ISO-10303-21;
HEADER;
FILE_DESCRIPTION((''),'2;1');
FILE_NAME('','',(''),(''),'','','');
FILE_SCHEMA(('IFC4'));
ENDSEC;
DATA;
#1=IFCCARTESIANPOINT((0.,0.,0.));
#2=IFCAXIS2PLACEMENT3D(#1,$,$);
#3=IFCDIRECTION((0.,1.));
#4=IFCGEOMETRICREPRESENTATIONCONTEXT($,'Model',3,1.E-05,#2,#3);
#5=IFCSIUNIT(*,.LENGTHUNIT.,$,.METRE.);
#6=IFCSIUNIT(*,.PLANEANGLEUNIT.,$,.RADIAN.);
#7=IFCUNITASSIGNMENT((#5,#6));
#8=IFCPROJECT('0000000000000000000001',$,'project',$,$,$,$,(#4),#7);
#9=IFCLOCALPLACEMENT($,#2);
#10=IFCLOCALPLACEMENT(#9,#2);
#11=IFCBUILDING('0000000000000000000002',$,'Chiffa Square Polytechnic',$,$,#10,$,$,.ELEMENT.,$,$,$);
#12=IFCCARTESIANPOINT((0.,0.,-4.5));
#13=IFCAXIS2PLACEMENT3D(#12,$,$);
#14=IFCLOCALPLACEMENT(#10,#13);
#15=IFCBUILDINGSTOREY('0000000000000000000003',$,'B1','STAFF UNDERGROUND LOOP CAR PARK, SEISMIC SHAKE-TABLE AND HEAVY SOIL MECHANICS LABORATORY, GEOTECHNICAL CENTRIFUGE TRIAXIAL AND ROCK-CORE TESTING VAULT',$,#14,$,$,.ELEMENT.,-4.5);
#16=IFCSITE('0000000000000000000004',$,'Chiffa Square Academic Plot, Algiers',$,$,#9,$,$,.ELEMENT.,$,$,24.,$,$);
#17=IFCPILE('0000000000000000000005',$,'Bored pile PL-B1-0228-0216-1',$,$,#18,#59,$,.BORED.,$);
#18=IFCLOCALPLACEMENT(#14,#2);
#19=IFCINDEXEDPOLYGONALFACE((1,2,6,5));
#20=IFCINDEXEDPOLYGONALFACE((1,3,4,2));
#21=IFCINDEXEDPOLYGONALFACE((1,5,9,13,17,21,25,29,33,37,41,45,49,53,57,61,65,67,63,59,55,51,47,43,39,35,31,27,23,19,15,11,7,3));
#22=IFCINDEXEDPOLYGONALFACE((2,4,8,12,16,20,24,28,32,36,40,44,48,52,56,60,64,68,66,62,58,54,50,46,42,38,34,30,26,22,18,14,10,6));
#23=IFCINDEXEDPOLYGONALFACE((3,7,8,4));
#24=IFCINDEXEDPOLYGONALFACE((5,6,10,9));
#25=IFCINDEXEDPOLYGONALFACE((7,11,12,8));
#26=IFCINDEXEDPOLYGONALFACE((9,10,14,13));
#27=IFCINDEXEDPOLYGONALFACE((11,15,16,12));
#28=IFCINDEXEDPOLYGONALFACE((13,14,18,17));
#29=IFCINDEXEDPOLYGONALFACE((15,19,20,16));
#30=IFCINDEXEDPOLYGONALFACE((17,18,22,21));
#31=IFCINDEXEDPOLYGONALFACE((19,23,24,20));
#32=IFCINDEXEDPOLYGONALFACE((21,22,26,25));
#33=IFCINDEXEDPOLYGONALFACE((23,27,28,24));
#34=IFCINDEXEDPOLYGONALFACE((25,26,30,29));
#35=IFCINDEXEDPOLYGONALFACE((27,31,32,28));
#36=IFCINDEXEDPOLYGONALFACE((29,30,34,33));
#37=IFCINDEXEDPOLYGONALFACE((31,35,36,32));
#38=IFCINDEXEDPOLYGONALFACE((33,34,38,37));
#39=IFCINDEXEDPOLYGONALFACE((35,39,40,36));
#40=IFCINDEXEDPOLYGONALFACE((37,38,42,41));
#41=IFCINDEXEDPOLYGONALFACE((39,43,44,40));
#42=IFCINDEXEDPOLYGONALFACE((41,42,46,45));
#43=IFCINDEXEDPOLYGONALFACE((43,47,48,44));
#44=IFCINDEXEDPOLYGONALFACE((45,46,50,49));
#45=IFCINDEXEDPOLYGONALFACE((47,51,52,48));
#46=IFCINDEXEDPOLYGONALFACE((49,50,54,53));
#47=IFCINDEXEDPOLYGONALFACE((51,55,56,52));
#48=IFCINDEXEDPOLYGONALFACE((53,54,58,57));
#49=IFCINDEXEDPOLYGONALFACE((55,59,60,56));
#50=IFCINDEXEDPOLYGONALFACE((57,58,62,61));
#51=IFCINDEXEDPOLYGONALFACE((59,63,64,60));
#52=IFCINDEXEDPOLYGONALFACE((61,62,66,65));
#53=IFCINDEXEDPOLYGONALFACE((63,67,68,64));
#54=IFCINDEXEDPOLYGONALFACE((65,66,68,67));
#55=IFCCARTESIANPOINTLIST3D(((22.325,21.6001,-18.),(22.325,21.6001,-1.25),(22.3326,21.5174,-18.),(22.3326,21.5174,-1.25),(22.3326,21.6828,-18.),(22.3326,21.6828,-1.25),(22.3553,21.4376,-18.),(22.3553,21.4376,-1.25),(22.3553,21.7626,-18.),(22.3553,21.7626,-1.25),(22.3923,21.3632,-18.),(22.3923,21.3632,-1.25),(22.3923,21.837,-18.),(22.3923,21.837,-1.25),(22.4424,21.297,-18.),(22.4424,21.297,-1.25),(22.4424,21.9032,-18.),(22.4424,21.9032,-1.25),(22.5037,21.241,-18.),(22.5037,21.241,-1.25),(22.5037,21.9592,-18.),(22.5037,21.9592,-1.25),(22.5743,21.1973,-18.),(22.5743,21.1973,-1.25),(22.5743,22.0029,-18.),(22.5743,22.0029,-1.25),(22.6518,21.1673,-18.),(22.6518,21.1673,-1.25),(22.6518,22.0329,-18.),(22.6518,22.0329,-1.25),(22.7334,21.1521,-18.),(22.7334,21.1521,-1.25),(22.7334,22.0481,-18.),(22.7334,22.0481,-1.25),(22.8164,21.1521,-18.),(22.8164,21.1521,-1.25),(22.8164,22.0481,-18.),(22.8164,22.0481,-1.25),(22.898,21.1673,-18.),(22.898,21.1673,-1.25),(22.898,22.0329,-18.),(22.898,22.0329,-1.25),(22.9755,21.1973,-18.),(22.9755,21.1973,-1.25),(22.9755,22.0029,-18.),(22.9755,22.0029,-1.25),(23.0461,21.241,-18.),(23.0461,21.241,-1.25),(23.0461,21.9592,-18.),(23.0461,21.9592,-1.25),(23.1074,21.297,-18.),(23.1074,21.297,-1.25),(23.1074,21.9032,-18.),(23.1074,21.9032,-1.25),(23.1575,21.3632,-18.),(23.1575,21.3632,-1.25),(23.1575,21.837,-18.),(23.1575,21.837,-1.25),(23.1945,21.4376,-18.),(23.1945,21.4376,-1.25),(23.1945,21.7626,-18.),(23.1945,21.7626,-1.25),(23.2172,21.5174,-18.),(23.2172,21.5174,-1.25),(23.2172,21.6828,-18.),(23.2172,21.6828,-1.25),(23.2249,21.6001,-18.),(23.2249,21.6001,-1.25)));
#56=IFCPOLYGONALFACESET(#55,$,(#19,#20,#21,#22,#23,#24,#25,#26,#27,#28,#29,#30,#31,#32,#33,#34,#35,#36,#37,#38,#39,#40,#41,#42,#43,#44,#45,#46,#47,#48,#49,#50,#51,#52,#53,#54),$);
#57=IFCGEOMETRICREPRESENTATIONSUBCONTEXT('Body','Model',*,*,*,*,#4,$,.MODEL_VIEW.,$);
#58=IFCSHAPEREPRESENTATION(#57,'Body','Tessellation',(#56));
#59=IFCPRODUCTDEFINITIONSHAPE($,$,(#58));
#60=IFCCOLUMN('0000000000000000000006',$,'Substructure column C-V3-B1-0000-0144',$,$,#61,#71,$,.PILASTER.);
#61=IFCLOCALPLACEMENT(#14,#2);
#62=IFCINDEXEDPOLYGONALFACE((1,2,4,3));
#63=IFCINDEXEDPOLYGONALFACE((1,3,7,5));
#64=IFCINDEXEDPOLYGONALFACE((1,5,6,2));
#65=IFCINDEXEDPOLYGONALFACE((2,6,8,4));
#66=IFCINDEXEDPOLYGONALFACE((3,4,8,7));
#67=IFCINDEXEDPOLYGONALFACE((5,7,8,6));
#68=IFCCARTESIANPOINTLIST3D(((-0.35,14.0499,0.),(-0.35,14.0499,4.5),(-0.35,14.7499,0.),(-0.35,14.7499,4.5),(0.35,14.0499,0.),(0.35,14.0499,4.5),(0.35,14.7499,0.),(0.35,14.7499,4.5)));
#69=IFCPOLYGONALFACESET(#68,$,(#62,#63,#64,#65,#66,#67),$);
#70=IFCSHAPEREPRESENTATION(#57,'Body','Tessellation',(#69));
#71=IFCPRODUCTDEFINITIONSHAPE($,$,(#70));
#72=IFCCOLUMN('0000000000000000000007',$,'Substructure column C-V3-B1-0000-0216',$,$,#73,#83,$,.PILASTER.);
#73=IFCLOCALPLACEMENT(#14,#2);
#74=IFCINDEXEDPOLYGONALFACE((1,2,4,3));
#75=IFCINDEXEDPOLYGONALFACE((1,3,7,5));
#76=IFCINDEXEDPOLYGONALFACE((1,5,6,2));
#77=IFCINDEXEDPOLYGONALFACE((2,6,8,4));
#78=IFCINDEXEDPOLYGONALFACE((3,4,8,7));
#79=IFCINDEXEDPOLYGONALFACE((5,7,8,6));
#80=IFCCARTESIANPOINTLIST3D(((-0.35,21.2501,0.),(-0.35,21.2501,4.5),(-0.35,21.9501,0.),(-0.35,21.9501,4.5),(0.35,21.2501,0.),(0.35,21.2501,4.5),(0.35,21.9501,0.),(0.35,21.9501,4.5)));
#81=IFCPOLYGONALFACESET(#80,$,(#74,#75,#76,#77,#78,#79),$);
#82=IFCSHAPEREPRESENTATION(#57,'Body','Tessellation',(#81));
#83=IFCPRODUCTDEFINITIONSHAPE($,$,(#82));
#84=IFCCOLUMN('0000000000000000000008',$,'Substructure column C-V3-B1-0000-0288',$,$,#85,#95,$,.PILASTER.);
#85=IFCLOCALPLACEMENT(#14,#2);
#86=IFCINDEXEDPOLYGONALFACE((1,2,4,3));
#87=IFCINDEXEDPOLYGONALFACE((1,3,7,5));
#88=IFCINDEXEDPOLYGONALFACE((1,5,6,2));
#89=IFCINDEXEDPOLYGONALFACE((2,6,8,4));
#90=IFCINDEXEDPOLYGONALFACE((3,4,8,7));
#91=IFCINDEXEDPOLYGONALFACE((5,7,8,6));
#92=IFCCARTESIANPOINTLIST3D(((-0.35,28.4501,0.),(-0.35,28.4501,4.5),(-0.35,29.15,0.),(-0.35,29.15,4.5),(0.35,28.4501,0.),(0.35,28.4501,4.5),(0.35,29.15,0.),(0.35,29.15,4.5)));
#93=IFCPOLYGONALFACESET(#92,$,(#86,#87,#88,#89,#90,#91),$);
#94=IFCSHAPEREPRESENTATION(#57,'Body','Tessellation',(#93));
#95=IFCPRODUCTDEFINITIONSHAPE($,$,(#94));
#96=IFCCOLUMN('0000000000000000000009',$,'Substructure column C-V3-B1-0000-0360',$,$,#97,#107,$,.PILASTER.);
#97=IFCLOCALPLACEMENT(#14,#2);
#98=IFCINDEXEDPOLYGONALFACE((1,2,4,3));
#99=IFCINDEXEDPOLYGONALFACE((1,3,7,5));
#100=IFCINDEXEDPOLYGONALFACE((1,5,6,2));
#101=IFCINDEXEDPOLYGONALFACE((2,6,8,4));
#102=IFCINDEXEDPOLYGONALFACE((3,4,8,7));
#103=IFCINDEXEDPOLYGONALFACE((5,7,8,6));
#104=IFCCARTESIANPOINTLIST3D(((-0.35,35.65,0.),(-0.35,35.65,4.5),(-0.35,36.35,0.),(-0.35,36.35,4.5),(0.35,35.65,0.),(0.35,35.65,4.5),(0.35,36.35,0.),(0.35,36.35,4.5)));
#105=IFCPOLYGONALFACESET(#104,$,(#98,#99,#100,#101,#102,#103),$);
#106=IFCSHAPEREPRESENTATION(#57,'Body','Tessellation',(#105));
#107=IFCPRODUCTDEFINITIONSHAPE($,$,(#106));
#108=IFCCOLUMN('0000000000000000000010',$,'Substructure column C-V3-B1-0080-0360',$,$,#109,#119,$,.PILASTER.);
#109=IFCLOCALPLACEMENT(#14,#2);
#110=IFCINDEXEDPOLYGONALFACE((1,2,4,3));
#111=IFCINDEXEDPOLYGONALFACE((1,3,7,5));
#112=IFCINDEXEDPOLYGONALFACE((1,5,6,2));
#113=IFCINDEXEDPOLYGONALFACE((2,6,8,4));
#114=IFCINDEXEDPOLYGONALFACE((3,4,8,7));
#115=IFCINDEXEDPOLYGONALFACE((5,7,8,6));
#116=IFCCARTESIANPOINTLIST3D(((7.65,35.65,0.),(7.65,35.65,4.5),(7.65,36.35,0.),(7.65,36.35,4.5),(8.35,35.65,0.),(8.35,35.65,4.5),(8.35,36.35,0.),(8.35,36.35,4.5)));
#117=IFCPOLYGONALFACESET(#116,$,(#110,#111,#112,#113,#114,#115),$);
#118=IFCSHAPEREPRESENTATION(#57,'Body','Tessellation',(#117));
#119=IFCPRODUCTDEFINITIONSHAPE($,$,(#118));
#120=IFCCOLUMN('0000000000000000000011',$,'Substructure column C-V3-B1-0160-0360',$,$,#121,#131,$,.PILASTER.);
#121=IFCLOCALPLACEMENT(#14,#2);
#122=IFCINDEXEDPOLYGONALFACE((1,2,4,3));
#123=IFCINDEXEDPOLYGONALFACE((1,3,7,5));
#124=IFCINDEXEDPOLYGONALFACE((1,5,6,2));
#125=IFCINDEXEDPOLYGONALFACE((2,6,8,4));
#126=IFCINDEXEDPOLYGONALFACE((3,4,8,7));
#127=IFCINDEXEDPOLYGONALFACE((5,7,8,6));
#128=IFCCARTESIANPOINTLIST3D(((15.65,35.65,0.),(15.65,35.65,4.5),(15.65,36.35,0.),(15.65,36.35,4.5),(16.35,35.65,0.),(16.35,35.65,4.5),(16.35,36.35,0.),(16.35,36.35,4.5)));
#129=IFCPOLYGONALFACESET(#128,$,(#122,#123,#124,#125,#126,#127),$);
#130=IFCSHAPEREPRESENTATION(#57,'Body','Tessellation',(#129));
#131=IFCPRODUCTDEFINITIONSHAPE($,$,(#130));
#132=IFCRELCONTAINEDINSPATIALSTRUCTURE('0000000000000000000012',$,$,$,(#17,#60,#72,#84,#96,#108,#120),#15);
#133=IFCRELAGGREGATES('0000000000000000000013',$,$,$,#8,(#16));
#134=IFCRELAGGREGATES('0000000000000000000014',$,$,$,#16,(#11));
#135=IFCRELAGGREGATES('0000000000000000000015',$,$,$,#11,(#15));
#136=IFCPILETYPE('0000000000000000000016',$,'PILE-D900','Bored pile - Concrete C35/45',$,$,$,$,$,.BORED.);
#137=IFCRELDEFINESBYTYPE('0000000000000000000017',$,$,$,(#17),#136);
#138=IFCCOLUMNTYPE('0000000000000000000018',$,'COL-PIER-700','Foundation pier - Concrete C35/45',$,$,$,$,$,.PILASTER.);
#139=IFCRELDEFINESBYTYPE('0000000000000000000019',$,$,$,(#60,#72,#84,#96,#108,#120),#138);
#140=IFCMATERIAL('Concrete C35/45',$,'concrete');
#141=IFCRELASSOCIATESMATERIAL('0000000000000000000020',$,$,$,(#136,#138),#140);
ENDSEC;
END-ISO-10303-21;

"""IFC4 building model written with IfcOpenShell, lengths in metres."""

from ifc_helpers import new_model, si_unit, direction, frame, origin, origin_2d, place, context, subcontext, project, spatial, rectangle, circle, extrude, material, material_profile, profile_set, type_object, element, save


model = new_model("IFC4")

# Units and contexts
model_context = context("Model", 3, precision=1e-05, world=origin(), true_north=direction((0.0, 1.0)))
body_context = subcontext(model_context, "Body", "Model", "MODEL_VIEW")
ifc_project = project(units=[si_unit("LENGTHUNIT", "METRE"), si_unit("PLANEANGLEUNIT", "RADIAN")], contexts=[model_context])

# Site, building, storey
site_placement = place(None, origin())
site = spatial("IfcSite", under=ifc_project, at=site_placement, Name="Chiffa Square Academic Plot, Algiers", CompositionType="ELEMENT", RefElevation=24.0)
building_placement = place(site_placement, origin())
building = spatial("IfcBuilding", under=site, at=building_placement, Name="Chiffa Square Polytechnic", CompositionType="ELEMENT")
storey_placement = place(building_placement, frame((0.0, 0.0, -4.5)))
storey = spatial("IfcBuildingStorey", under=building, at=storey_placement, Name="B1", Description="STAFF UNDERGROUND LOOP CAR PARK, SEISMIC SHAKE-TABLE AND HEAVY SOIL MECHANICS LABORATORY, GEOTECHNICAL CENTRIFUGE TRIAXIAL AND ROCK-CORE TESTING VAULT", CompositionType="ELEMENT", Elevation=-4.5)

# Shared definitions
ifc_material = material(Name="Concrete C35/45", Category="concrete")

# Pile
ifc_material_profile_1 = material_profile(ifc_material, circle(Radius=0.45, at=origin_2d()), Name="PILE D900")
ifc_profile_set_1 = profile_set([ifc_material_profile_1], Name="Concrete C35/45")
pile_type_1 = type_object("IfcPileType", Name="PILE-D900", Description="Bored pile - Concrete C35/45", PredefinedType="BORED", material=ifc_profile_set_1)
pile_1_placement = place(storey_placement, frame((22.7749, 21.6001, -1.25), z_axis=(0.0, 0.0, -1.0), x_axis=(1.0, 0.0, 0.0)))
element("IfcPile", 1, at=pile_1_placement, inside=storey, type_object=pile_type_1, Name="Bored pile PL-B1-0228-0216-1", PredefinedType="BORED", context=body_context, shape_type="SweptSolid", body=[
    extrude(circle(Radius=0.45, at=origin_2d()), origin(), (0.0, 0.0, 1.0), 16.75),
])

# Columns
ifc_material_profile_2 = material_profile(ifc_material, rectangle(XDim=0.7, YDim=0.7, at=origin_2d()), Name="RC 700x700")
ifc_profile_set_2 = profile_set([ifc_material_profile_2], Name="Concrete C35/45")
column_type = type_object("IfcColumnType", Name="COL-PIER-700", Description="Foundation pier - Concrete C35/45", PredefinedType="PILASTER", material=ifc_profile_set_2)
for number, where, z_axis, x_axis, name in (
    (2, (0.0, 14.3999, 0.0), (0.0, 0.0, 1.0), (1.0, 0.0, 0.0), "Substructure column C-V3-B1-0000-0144"),
    (3, (0.0, 21.6001, 0.0), (0.0, 0.0, 1.0), (1.0, 0.0, 0.0), "Substructure column C-V3-B1-0000-0216"),
    (4, (0.0, 28.8, 0.0), (0.0, 0.0, 1.0), (1.0, 0.0, 0.0), "Substructure column C-V3-B1-0000-0288"),
    (5, (0.0, 36.0, 0.0), (0.0, 0.0, 1.0), (1.0, 0.0, 0.0), "Substructure column C-V3-B1-0000-0360"),
    (6, (8.0, 36.0, 0.0), (0.0, 0.0, 1.0), (1.0, 0.0, 0.0), "Substructure column C-V3-B1-0080-0360"),
    (7, (16.0, 36.0, 0.0), (0.0, 0.0, 1.0), (1.0, 0.0, 0.0), "Substructure column C-V3-B1-0160-0360"),
):
    element("IfcColumn", number, at=place(storey_placement, frame(where, z_axis=z_axis, x_axis=x_axis)), inside=storey, type_object=column_type, Name=name, PredefinedType="PILASTER", context=body_context, shape_type="SweptSolid", body=[
        extrude(rectangle(XDim=0.7, YDim=0.7, at=origin_2d()), origin(), (0.0, 0.0, 1.0), 4.5),
    ])

save(model, "model.ifc")
